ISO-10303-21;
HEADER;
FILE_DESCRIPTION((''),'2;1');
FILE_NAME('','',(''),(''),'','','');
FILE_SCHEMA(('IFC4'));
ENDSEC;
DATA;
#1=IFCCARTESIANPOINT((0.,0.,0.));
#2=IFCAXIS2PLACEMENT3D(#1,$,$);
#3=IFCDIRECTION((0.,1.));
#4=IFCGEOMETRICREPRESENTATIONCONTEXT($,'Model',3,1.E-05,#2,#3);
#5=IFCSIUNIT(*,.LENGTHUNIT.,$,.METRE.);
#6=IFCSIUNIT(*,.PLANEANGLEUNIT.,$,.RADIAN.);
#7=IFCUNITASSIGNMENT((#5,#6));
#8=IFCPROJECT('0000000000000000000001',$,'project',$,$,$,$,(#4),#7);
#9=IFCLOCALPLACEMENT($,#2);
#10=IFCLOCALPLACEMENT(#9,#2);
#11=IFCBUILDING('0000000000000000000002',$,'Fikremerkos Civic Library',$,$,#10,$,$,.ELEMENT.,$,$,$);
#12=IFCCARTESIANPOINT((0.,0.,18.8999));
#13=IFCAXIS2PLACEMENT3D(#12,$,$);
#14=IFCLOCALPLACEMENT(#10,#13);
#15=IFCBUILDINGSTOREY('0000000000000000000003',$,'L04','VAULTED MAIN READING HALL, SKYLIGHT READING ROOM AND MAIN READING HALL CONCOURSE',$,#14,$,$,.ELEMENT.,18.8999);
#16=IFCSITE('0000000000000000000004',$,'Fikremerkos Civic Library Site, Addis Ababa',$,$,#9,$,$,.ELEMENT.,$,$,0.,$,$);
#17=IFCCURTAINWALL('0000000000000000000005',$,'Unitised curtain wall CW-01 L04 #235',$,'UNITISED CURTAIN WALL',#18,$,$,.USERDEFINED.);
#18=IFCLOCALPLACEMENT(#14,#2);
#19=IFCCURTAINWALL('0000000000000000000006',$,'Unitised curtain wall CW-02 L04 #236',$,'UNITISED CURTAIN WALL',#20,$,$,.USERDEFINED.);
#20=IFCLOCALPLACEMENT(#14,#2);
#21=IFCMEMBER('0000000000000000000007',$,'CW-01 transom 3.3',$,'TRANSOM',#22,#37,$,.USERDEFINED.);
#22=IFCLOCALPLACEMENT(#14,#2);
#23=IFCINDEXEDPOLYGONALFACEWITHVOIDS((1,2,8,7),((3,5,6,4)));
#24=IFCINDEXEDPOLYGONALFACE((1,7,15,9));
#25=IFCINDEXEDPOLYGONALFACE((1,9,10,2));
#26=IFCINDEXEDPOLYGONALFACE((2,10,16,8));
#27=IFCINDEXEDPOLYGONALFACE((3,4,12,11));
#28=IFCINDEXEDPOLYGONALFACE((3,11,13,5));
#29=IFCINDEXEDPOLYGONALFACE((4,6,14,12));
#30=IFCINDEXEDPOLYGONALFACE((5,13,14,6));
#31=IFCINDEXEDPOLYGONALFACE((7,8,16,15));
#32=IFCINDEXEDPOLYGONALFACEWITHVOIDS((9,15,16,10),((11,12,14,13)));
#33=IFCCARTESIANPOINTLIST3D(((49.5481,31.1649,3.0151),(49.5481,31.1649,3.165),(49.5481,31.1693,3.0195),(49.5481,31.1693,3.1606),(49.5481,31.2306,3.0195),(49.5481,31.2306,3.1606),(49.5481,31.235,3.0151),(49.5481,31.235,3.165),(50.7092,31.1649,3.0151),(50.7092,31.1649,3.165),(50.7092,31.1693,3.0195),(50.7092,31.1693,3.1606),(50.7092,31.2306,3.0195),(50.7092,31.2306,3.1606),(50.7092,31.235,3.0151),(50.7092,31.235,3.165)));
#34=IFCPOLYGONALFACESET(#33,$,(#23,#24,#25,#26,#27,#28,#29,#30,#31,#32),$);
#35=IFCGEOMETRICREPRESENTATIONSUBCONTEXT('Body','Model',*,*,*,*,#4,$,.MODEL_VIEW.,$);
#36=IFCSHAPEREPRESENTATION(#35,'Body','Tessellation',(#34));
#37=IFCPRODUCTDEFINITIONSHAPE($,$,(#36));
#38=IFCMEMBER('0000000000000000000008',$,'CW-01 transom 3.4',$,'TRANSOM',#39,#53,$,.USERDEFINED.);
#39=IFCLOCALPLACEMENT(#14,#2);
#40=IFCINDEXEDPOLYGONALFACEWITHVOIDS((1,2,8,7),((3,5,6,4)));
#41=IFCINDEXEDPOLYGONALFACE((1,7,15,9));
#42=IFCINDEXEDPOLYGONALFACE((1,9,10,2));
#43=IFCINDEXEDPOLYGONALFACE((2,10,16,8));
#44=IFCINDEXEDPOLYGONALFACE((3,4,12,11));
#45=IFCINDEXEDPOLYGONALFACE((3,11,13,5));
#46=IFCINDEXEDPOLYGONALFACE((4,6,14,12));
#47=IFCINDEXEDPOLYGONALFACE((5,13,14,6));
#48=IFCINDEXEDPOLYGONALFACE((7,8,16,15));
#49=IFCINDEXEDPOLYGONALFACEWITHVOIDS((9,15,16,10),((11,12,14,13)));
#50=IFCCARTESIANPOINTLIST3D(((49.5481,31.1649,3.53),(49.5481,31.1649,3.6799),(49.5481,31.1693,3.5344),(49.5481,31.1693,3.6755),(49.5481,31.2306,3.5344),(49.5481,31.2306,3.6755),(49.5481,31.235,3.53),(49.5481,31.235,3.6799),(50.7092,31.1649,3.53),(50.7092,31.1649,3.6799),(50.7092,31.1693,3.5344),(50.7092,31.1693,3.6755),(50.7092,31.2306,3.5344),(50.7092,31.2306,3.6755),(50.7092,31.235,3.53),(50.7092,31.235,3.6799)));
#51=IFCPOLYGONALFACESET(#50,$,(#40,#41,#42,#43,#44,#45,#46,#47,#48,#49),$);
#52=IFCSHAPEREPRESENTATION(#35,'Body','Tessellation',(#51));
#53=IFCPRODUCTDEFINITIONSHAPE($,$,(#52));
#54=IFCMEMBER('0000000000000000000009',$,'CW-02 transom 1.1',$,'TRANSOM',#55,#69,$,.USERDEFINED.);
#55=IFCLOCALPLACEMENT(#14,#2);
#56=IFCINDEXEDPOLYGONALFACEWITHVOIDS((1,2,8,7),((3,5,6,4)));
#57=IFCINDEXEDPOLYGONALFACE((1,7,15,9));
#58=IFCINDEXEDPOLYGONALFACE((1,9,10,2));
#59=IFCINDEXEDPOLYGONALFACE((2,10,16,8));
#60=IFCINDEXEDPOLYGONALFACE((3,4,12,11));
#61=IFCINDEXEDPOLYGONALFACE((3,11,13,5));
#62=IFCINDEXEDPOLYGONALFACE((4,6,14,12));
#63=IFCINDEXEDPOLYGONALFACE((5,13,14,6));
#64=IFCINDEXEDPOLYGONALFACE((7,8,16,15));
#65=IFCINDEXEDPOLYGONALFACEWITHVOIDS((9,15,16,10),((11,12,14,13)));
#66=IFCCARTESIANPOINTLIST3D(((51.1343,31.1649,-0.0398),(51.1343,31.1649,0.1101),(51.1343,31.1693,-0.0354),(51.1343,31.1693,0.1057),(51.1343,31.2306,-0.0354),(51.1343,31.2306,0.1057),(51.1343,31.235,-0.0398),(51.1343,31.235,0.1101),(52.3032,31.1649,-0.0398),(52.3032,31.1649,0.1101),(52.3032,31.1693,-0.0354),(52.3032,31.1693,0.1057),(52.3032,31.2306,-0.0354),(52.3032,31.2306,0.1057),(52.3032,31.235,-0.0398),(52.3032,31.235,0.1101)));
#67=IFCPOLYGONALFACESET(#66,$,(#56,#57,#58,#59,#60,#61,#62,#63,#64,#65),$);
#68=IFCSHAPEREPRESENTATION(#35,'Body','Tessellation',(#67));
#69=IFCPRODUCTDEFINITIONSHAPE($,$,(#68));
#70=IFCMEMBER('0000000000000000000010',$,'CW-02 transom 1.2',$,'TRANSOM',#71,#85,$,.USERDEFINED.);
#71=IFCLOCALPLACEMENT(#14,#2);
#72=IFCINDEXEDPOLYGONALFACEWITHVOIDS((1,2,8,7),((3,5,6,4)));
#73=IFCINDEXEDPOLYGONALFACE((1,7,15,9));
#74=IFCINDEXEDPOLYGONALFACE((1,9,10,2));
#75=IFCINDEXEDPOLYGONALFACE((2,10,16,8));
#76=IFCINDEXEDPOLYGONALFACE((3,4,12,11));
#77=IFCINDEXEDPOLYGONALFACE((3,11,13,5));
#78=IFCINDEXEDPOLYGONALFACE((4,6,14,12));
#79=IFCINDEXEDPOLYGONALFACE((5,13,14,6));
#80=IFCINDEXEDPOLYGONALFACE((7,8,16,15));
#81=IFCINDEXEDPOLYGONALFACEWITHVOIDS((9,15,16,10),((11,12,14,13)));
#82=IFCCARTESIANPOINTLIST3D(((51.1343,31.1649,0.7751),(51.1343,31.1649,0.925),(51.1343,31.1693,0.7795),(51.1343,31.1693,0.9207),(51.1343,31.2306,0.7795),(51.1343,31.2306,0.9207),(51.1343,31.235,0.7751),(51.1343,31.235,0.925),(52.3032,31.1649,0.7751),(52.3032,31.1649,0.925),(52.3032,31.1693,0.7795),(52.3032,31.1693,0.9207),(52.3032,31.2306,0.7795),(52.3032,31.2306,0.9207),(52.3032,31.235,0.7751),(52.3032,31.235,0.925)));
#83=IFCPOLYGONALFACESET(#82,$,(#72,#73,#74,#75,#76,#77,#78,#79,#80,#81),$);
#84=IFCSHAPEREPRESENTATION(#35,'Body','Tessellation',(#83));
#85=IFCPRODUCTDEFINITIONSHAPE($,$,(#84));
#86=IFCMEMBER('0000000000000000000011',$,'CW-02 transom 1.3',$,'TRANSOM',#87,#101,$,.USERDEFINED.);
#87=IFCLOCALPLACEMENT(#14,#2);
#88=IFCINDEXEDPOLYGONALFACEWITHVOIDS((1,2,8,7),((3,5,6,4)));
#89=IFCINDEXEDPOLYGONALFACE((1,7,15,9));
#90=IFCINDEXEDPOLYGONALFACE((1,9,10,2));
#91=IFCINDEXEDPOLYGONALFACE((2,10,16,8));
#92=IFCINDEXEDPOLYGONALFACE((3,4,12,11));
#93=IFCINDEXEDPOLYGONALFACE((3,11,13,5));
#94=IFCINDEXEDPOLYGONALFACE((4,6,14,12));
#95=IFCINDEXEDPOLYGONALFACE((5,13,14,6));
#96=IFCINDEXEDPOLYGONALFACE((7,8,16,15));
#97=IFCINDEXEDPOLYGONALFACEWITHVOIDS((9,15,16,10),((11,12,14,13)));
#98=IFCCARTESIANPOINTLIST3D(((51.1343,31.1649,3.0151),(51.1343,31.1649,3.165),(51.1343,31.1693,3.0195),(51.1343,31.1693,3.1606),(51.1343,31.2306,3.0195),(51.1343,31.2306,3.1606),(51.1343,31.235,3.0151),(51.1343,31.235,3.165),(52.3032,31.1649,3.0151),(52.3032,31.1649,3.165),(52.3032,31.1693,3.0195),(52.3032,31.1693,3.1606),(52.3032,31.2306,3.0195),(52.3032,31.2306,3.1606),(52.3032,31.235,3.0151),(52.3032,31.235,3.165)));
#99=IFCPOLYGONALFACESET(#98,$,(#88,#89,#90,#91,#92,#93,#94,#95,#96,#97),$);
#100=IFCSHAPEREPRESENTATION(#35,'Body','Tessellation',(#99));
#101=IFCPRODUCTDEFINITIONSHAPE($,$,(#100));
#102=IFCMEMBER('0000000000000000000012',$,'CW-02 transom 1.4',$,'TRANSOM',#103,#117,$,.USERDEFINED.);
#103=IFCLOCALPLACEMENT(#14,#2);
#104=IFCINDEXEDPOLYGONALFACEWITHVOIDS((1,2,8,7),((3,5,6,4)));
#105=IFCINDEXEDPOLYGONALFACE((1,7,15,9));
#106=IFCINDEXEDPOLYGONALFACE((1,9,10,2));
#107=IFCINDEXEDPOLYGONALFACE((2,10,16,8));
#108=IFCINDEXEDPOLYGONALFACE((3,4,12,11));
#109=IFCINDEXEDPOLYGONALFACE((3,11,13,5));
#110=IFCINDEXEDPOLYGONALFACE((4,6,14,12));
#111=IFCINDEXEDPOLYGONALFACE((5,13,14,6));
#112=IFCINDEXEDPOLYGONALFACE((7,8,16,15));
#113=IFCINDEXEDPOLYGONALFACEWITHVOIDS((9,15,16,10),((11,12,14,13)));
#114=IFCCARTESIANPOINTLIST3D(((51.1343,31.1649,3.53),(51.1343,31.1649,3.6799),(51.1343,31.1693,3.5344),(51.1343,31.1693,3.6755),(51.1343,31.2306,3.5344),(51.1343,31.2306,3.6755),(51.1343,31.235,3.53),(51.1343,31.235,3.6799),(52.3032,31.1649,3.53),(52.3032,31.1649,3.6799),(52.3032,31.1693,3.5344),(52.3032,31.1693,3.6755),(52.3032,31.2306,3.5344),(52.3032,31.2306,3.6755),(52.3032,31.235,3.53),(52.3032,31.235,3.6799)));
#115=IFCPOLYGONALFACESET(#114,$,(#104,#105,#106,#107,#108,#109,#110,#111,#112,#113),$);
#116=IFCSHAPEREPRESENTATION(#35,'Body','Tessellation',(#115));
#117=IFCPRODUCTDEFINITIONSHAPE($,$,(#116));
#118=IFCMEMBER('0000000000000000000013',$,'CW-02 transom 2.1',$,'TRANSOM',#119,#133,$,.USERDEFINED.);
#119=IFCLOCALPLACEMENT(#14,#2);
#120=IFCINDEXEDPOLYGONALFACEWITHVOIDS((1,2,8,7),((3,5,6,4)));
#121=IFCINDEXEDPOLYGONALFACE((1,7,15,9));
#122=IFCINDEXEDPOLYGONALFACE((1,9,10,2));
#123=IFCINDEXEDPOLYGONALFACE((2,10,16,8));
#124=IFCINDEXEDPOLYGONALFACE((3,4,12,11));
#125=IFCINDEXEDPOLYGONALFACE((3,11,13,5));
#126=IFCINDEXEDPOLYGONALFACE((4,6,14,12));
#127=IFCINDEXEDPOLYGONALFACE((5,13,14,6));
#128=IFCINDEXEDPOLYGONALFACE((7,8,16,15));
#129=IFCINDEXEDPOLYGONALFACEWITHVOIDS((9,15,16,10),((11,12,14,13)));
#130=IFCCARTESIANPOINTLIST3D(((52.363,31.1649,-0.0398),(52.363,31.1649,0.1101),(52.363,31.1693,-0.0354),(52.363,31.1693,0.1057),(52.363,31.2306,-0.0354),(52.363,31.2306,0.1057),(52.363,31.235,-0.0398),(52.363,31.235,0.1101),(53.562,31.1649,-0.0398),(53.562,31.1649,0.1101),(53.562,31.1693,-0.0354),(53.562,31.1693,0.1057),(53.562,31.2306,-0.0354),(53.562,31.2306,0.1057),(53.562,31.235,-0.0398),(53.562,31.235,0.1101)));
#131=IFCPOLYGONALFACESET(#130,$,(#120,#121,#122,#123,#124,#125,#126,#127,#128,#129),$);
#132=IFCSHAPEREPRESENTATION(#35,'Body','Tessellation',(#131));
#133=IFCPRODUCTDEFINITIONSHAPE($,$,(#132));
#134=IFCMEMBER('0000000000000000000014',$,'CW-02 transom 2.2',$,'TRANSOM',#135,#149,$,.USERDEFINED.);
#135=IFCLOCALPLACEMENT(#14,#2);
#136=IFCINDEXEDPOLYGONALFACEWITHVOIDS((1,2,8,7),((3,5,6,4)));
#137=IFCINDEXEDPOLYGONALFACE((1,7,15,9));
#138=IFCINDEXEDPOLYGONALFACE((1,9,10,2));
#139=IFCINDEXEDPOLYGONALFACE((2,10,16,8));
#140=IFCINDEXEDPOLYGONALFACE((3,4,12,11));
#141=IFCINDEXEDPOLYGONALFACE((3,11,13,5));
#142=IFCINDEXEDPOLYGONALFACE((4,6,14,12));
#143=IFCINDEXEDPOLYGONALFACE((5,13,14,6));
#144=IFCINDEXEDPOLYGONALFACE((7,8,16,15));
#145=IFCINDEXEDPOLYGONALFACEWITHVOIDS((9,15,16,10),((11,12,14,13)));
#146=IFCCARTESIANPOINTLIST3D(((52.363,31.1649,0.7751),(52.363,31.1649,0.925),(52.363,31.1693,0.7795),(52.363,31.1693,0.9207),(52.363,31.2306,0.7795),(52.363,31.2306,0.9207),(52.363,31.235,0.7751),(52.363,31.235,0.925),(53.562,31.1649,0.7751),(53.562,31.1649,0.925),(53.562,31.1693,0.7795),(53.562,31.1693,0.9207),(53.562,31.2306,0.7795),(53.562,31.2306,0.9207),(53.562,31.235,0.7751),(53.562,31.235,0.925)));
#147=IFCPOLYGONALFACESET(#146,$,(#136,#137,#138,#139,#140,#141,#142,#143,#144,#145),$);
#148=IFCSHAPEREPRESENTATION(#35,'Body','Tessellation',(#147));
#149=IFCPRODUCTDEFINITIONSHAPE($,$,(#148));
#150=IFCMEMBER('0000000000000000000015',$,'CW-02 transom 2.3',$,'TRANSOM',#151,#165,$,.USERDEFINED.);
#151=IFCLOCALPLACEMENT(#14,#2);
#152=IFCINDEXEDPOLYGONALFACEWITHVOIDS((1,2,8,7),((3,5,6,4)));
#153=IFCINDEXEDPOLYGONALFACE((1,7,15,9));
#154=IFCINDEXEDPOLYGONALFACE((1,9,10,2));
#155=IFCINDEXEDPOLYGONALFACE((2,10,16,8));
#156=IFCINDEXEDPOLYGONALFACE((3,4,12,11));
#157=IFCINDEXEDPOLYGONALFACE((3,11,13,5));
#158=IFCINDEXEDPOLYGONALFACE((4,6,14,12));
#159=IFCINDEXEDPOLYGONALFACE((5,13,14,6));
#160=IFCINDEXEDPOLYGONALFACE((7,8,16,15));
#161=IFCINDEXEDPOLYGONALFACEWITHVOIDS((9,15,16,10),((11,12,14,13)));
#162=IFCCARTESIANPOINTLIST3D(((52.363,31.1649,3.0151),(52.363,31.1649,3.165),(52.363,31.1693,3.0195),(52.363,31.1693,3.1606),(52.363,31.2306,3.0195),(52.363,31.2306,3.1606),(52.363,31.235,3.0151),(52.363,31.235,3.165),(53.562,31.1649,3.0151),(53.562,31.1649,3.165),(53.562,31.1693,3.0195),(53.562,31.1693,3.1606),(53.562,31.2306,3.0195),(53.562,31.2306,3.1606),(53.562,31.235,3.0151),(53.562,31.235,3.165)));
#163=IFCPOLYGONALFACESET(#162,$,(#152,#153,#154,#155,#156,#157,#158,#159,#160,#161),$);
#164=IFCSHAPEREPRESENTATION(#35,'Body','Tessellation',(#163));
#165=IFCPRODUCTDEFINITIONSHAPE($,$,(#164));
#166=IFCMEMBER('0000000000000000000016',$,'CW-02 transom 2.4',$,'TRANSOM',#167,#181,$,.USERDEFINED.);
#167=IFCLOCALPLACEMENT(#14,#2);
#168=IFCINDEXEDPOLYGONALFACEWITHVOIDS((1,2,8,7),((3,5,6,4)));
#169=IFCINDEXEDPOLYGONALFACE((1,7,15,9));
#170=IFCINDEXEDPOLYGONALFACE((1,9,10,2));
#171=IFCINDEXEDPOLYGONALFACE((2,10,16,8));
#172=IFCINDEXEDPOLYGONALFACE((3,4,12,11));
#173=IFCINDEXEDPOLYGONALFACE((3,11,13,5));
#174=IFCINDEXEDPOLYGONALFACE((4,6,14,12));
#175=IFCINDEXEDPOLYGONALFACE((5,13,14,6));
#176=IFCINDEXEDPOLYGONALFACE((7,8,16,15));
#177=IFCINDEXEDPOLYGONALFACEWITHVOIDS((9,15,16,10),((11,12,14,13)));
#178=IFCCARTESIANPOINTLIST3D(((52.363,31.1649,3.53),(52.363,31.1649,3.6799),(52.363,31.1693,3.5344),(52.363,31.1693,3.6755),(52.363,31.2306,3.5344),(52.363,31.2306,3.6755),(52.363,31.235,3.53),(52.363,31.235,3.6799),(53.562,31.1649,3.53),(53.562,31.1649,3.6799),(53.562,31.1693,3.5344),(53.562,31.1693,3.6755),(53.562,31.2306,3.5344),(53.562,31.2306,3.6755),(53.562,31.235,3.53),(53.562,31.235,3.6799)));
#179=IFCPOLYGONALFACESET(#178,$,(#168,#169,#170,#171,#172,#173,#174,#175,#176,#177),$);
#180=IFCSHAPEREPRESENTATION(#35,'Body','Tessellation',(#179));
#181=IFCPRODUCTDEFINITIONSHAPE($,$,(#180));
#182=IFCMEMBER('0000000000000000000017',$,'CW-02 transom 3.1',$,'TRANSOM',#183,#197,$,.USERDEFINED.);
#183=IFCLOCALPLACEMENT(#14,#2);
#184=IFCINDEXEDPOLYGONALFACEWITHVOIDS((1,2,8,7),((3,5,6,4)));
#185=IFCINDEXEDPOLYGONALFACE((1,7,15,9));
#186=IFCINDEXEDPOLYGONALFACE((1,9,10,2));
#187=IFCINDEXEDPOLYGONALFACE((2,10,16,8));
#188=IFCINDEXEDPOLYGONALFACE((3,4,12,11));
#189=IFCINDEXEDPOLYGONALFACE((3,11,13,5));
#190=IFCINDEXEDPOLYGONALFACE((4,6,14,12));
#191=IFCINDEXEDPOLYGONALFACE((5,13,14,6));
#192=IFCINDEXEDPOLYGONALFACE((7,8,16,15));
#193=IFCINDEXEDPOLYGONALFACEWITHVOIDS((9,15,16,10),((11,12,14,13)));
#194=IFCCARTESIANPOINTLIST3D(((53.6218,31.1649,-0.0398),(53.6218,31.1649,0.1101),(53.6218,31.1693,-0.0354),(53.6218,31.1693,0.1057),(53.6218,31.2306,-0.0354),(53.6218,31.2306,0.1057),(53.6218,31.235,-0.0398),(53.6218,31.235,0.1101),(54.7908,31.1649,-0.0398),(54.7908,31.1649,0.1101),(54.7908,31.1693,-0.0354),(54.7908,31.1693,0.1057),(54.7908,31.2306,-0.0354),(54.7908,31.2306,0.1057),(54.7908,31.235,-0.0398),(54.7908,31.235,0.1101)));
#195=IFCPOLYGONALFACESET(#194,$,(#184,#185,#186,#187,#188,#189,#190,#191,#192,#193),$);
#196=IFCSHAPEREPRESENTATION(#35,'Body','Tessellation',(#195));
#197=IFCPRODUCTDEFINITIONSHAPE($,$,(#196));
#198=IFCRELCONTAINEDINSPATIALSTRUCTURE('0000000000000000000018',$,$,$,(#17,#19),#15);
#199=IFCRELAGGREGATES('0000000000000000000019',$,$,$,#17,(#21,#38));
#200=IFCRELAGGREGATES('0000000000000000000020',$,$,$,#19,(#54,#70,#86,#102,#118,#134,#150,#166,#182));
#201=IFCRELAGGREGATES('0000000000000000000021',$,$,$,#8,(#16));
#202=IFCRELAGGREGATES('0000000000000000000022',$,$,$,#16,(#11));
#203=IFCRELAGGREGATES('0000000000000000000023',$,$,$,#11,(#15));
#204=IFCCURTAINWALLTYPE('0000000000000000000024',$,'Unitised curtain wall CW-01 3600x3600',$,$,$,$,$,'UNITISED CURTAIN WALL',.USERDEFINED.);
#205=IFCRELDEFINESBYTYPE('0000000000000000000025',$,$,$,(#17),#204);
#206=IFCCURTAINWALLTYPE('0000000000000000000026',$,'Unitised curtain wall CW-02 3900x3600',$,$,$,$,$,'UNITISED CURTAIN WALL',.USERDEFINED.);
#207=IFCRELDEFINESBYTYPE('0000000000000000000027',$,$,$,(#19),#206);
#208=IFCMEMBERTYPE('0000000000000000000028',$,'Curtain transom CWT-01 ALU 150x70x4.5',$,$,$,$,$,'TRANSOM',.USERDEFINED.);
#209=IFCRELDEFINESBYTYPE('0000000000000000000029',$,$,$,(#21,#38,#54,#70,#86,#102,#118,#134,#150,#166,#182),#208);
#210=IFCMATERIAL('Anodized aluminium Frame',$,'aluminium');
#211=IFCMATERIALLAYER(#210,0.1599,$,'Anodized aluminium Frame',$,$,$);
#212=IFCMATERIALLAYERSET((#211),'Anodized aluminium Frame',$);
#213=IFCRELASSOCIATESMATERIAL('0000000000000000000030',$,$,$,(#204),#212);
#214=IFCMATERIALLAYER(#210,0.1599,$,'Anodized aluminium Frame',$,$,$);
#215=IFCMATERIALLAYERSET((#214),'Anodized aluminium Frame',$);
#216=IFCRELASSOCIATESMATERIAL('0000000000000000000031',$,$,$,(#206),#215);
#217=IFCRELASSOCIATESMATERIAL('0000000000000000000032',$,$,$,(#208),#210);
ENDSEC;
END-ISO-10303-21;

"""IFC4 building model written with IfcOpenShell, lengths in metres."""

from ifc_helpers import new_model, si_unit, direction, frame, origin, origin_2d, place, context, subcontext, project, spatial, hollow_rectangle, extrude, material, layer, layer_set, material_profile, profile_set, type_object, element, aggregate, save


model = new_model("IFC4")

# Units and contexts
model_context = context("Model", 3, precision=1e-05, world=origin(), true_north=direction((0.0, 1.0)))
body_context = subcontext(model_context, "Body", "Model", "MODEL_VIEW")
ifc_project = project(units=[si_unit("LENGTHUNIT", "METRE"), si_unit("PLANEANGLEUNIT", "RADIAN")], contexts=[model_context])

# Site, building, storey
site_placement = place(None, origin())
site = spatial("IfcSite", under=ifc_project, at=site_placement, Name="Fikremerkos Civic Library Site, Addis Ababa", CompositionType="ELEMENT", RefElevation=0.0)
building_placement = place(site_placement, origin())
building = spatial("IfcBuilding", under=site, at=building_placement, Name="Fikremerkos Civic Library", CompositionType="ELEMENT")
storey_placement = place(building_placement, frame((0.0, 0.0, 18.8999)))
storey = spatial("IfcBuildingStorey", under=building, at=storey_placement, Name="L04", Description="VAULTED MAIN READING HALL, SKYLIGHT READING ROOM AND MAIN READING HALL CONCOURSE", CompositionType="ELEMENT", Elevation=18.8999)

# Curtain walls
ifc_material_1 = material(Name="Anodized aluminium Frame", Category="aluminium")
ifc_layer_1 = layer(ifc_material_1, 0.1599, Name="Anodized aluminium Frame")
ifc_layer_set_1 = layer_set([ifc_layer_1], Name="Anodized aluminium Frame")
curtain_wall_type_1 = type_object("IfcCurtainWallType", Name="Unitised curtain wall CW-01 3600x3600", ElementType="UNITISED CURTAIN WALL", PredefinedType="USERDEFINED", material=ifc_layer_set_1)
curtain_wall_1_placement = place(storey_placement, origin())
curtain_wall_1 = element("IfcCurtainWall", 1, at=curtain_wall_1_placement, inside=storey, type_object=curtain_wall_type_1, Name="Unitised curtain wall CW-01 L04 #235", ObjectType="UNITISED CURTAIN WALL", PredefinedType="USERDEFINED")
ifc_layer_2 = layer(ifc_material_1, 0.1599, Name="Anodized aluminium Frame")
ifc_layer_set_2 = layer_set([ifc_layer_2], Name="Anodized aluminium Frame")
curtain_wall_type_2 = type_object("IfcCurtainWallType", Name="Unitised curtain wall CW-02 3900x3600", ElementType="UNITISED CURTAIN WALL", PredefinedType="USERDEFINED", material=ifc_layer_set_2)
curtain_wall_2_placement = place(storey_placement, origin())
curtain_wall_2 = element("IfcCurtainWall", 2, at=curtain_wall_2_placement, inside=storey, type_object=curtain_wall_type_2, Name="Unitised curtain wall CW-02 L04 #236", ObjectType="UNITISED CURTAIN WALL", PredefinedType="USERDEFINED")

# Members
ifc_material_profile_1 = material_profile(ifc_material_1, hollow_rectangle(XDim=0.0701, YDim=0.1499, WallThickness=0.0044, at=origin_2d()), Name="ALU 150x70x4.5")
ifc_profile_set_1 = profile_set([ifc_material_profile_1], Name="Anodized aluminium Frame")
member_type_1 = type_object("IfcMemberType", Name="Curtain transom CWT-01 ALU 150x70x4.5", ElementType="TRANSOM", PredefinedType="USERDEFINED", material=ifc_profile_set_1)
member_1_placement = place(storey_placement, frame((49.5481, 31.2, 3.0901), z_axis=(1.0, 0.0, 0.0), x_axis=(0.0, 1.0, 0.0)))
member_1 = element("IfcMember", 3, at=member_1_placement, type_object=member_type_1, Name="CW-01 transom 3.3", ObjectType="TRANSOM", PredefinedType="USERDEFINED", context=body_context, shape_type="SweptSolid", body=[
    extrude(hollow_rectangle(XDim=0.0701, YDim=0.1499, WallThickness=0.0044, at=origin_2d()), origin(), (0.0, 0.0, 1.0), 1.1611),
])
member_2_placement = place(storey_placement, frame((49.5481, 31.2, 3.605), z_axis=(1.0, 0.0, 0.0), x_axis=(0.0, 1.0, 0.0)))
member_2 = element("IfcMember", 4, at=member_2_placement, type_object=member_type_1, Name="CW-01 transom 3.4", ObjectType="TRANSOM", PredefinedType="USERDEFINED", context=body_context, shape_type="SweptSolid", body=[
    extrude(hollow_rectangle(XDim=0.0701, YDim=0.1499, WallThickness=0.0044, at=origin_2d()), origin(), (0.0, 0.0, 1.0), 1.1611),
])
member_3_placement = place(storey_placement, frame((51.1343, 31.2, 0.0352), z_axis=(1.0, 0.0, 0.0), x_axis=(0.0, 1.0, 0.0)))
member_3 = element("IfcMember", 5, at=member_3_placement, type_object=member_type_1, Name="CW-02 transom 1.1", ObjectType="TRANSOM", PredefinedType="USERDEFINED", context=body_context, shape_type="SweptSolid", body=[
    extrude(hollow_rectangle(XDim=0.0701, YDim=0.1499, WallThickness=0.0044, at=origin_2d()), origin(), (0.0, 0.0, 1.0), 1.1689),
])
member_4_placement = place(storey_placement, frame((51.1343, 31.2, 0.8501), z_axis=(1.0, 0.0, 0.0), x_axis=(0.0, 1.0, 0.0)))
member_4 = element("IfcMember", 6, at=member_4_placement, type_object=member_type_1, Name="CW-02 transom 1.2", ObjectType="TRANSOM", PredefinedType="USERDEFINED", context=body_context, shape_type="SweptSolid", body=[
    extrude(hollow_rectangle(XDim=0.0701, YDim=0.1499, WallThickness=0.0044, at=origin_2d()), origin(), (0.0, 0.0, 1.0), 1.1689),
])
member_5_placement = place(storey_placement, frame((51.1343, 31.2, 3.0901), z_axis=(1.0, 0.0, 0.0), x_axis=(0.0, 1.0, 0.0)))
member_5 = element("IfcMember", 7, at=member_5_placement, type_object=member_type_1, Name="CW-02 transom 1.3", ObjectType="TRANSOM", PredefinedType="USERDEFINED", context=body_context, shape_type="SweptSolid", body=[
    extrude(hollow_rectangle(XDim=0.0701, YDim=0.1499, WallThickness=0.0044, at=origin_2d()), origin(), (0.0, 0.0, 1.0), 1.1689),
])
member_6_placement = place(storey_placement, frame((51.1343, 31.2, 3.605), z_axis=(1.0, 0.0, 0.0), x_axis=(0.0, 1.0, 0.0)))
member_6 = element("IfcMember", 8, at=member_6_placement, type_object=member_type_1, Name="CW-02 transom 1.4", ObjectType="TRANSOM", PredefinedType="USERDEFINED", context=body_context, shape_type="SweptSolid", body=[
    extrude(hollow_rectangle(XDim=0.0701, YDim=0.1499, WallThickness=0.0044, at=origin_2d()), origin(), (0.0, 0.0, 1.0), 1.1689),
])
member_7_placement = place(storey_placement, frame((52.363, 31.2, 0.0352), z_axis=(1.0, 0.0, 0.0), x_axis=(0.0, 1.0, 0.0)))
member_7 = element("IfcMember", 9, at=member_7_placement, type_object=member_type_1, Name="CW-02 transom 2.1", ObjectType="TRANSOM", PredefinedType="USERDEFINED", context=body_context, shape_type="SweptSolid", body=[
    extrude(hollow_rectangle(XDim=0.0701, YDim=0.1499, WallThickness=0.0044, at=origin_2d()), origin(), (0.0, 0.0, 1.0), 1.199),
])
member_8_placement = place(storey_placement, frame((52.363, 31.2, 0.8501), z_axis=(1.0, 0.0, 0.0), x_axis=(0.0, 1.0, 0.0)))
member_8 = element("IfcMember", 10, at=member_8_placement, type_object=member_type_1, Name="CW-02 transom 2.2", ObjectType="TRANSOM", PredefinedType="USERDEFINED", context=body_context, shape_type="SweptSolid", body=[
    extrude(hollow_rectangle(XDim=0.0701, YDim=0.1499, WallThickness=0.0044, at=origin_2d()), origin(), (0.0, 0.0, 1.0), 1.199),
])
member_9_placement = place(storey_placement, frame((52.363, 31.2, 3.0901), z_axis=(1.0, 0.0, 0.0), x_axis=(0.0, 1.0, 0.0)))
member_9 = element("IfcMember", 11, at=member_9_placement, type_object=member_type_1, Name="CW-02 transom 2.3", ObjectType="TRANSOM", PredefinedType="USERDEFINED", context=body_context, shape_type="SweptSolid", body=[
    extrude(hollow_rectangle(XDim=0.0701, YDim=0.1499, WallThickness=0.0044, at=origin_2d()), origin(), (0.0, 0.0, 1.0), 1.199),
])
member_10_placement = place(storey_placement, frame((52.363, 31.2, 3.605), z_axis=(1.0, 0.0, 0.0), x_axis=(0.0, 1.0, 0.0)))
member_10 = element("IfcMember", 12, at=member_10_placement, type_object=member_type_1, Name="CW-02 transom 2.4", ObjectType="TRANSOM", PredefinedType="USERDEFINED", context=body_context, shape_type="SweptSolid", body=[
    extrude(hollow_rectangle(XDim=0.0701, YDim=0.1499, WallThickness=0.0044, at=origin_2d()), origin(), (0.0, 0.0, 1.0), 1.199),
])
member_11_placement = place(storey_placement, frame((53.6218, 31.2, 0.0352), z_axis=(1.0, 0.0, 0.0), x_axis=(0.0, 1.0, 0.0)))
member_11 = element("IfcMember", 13, at=member_11_placement, type_object=member_type_1, Name="CW-02 transom 3.1", ObjectType="TRANSOM", PredefinedType="USERDEFINED", context=body_context, shape_type="SweptSolid", body=[
    extrude(hollow_rectangle(XDim=0.0701, YDim=0.1499, WallThickness=0.0044, at=origin_2d()), origin(), (0.0, 0.0, 1.0), 1.1689),
])

aggregate(curtain_wall_1, [member_1, member_2])
aggregate(curtain_wall_2, [member_3, member_4, member_5, member_6, member_7, member_8, member_9, member_10, member_11])

save(model, "model.ifc")
